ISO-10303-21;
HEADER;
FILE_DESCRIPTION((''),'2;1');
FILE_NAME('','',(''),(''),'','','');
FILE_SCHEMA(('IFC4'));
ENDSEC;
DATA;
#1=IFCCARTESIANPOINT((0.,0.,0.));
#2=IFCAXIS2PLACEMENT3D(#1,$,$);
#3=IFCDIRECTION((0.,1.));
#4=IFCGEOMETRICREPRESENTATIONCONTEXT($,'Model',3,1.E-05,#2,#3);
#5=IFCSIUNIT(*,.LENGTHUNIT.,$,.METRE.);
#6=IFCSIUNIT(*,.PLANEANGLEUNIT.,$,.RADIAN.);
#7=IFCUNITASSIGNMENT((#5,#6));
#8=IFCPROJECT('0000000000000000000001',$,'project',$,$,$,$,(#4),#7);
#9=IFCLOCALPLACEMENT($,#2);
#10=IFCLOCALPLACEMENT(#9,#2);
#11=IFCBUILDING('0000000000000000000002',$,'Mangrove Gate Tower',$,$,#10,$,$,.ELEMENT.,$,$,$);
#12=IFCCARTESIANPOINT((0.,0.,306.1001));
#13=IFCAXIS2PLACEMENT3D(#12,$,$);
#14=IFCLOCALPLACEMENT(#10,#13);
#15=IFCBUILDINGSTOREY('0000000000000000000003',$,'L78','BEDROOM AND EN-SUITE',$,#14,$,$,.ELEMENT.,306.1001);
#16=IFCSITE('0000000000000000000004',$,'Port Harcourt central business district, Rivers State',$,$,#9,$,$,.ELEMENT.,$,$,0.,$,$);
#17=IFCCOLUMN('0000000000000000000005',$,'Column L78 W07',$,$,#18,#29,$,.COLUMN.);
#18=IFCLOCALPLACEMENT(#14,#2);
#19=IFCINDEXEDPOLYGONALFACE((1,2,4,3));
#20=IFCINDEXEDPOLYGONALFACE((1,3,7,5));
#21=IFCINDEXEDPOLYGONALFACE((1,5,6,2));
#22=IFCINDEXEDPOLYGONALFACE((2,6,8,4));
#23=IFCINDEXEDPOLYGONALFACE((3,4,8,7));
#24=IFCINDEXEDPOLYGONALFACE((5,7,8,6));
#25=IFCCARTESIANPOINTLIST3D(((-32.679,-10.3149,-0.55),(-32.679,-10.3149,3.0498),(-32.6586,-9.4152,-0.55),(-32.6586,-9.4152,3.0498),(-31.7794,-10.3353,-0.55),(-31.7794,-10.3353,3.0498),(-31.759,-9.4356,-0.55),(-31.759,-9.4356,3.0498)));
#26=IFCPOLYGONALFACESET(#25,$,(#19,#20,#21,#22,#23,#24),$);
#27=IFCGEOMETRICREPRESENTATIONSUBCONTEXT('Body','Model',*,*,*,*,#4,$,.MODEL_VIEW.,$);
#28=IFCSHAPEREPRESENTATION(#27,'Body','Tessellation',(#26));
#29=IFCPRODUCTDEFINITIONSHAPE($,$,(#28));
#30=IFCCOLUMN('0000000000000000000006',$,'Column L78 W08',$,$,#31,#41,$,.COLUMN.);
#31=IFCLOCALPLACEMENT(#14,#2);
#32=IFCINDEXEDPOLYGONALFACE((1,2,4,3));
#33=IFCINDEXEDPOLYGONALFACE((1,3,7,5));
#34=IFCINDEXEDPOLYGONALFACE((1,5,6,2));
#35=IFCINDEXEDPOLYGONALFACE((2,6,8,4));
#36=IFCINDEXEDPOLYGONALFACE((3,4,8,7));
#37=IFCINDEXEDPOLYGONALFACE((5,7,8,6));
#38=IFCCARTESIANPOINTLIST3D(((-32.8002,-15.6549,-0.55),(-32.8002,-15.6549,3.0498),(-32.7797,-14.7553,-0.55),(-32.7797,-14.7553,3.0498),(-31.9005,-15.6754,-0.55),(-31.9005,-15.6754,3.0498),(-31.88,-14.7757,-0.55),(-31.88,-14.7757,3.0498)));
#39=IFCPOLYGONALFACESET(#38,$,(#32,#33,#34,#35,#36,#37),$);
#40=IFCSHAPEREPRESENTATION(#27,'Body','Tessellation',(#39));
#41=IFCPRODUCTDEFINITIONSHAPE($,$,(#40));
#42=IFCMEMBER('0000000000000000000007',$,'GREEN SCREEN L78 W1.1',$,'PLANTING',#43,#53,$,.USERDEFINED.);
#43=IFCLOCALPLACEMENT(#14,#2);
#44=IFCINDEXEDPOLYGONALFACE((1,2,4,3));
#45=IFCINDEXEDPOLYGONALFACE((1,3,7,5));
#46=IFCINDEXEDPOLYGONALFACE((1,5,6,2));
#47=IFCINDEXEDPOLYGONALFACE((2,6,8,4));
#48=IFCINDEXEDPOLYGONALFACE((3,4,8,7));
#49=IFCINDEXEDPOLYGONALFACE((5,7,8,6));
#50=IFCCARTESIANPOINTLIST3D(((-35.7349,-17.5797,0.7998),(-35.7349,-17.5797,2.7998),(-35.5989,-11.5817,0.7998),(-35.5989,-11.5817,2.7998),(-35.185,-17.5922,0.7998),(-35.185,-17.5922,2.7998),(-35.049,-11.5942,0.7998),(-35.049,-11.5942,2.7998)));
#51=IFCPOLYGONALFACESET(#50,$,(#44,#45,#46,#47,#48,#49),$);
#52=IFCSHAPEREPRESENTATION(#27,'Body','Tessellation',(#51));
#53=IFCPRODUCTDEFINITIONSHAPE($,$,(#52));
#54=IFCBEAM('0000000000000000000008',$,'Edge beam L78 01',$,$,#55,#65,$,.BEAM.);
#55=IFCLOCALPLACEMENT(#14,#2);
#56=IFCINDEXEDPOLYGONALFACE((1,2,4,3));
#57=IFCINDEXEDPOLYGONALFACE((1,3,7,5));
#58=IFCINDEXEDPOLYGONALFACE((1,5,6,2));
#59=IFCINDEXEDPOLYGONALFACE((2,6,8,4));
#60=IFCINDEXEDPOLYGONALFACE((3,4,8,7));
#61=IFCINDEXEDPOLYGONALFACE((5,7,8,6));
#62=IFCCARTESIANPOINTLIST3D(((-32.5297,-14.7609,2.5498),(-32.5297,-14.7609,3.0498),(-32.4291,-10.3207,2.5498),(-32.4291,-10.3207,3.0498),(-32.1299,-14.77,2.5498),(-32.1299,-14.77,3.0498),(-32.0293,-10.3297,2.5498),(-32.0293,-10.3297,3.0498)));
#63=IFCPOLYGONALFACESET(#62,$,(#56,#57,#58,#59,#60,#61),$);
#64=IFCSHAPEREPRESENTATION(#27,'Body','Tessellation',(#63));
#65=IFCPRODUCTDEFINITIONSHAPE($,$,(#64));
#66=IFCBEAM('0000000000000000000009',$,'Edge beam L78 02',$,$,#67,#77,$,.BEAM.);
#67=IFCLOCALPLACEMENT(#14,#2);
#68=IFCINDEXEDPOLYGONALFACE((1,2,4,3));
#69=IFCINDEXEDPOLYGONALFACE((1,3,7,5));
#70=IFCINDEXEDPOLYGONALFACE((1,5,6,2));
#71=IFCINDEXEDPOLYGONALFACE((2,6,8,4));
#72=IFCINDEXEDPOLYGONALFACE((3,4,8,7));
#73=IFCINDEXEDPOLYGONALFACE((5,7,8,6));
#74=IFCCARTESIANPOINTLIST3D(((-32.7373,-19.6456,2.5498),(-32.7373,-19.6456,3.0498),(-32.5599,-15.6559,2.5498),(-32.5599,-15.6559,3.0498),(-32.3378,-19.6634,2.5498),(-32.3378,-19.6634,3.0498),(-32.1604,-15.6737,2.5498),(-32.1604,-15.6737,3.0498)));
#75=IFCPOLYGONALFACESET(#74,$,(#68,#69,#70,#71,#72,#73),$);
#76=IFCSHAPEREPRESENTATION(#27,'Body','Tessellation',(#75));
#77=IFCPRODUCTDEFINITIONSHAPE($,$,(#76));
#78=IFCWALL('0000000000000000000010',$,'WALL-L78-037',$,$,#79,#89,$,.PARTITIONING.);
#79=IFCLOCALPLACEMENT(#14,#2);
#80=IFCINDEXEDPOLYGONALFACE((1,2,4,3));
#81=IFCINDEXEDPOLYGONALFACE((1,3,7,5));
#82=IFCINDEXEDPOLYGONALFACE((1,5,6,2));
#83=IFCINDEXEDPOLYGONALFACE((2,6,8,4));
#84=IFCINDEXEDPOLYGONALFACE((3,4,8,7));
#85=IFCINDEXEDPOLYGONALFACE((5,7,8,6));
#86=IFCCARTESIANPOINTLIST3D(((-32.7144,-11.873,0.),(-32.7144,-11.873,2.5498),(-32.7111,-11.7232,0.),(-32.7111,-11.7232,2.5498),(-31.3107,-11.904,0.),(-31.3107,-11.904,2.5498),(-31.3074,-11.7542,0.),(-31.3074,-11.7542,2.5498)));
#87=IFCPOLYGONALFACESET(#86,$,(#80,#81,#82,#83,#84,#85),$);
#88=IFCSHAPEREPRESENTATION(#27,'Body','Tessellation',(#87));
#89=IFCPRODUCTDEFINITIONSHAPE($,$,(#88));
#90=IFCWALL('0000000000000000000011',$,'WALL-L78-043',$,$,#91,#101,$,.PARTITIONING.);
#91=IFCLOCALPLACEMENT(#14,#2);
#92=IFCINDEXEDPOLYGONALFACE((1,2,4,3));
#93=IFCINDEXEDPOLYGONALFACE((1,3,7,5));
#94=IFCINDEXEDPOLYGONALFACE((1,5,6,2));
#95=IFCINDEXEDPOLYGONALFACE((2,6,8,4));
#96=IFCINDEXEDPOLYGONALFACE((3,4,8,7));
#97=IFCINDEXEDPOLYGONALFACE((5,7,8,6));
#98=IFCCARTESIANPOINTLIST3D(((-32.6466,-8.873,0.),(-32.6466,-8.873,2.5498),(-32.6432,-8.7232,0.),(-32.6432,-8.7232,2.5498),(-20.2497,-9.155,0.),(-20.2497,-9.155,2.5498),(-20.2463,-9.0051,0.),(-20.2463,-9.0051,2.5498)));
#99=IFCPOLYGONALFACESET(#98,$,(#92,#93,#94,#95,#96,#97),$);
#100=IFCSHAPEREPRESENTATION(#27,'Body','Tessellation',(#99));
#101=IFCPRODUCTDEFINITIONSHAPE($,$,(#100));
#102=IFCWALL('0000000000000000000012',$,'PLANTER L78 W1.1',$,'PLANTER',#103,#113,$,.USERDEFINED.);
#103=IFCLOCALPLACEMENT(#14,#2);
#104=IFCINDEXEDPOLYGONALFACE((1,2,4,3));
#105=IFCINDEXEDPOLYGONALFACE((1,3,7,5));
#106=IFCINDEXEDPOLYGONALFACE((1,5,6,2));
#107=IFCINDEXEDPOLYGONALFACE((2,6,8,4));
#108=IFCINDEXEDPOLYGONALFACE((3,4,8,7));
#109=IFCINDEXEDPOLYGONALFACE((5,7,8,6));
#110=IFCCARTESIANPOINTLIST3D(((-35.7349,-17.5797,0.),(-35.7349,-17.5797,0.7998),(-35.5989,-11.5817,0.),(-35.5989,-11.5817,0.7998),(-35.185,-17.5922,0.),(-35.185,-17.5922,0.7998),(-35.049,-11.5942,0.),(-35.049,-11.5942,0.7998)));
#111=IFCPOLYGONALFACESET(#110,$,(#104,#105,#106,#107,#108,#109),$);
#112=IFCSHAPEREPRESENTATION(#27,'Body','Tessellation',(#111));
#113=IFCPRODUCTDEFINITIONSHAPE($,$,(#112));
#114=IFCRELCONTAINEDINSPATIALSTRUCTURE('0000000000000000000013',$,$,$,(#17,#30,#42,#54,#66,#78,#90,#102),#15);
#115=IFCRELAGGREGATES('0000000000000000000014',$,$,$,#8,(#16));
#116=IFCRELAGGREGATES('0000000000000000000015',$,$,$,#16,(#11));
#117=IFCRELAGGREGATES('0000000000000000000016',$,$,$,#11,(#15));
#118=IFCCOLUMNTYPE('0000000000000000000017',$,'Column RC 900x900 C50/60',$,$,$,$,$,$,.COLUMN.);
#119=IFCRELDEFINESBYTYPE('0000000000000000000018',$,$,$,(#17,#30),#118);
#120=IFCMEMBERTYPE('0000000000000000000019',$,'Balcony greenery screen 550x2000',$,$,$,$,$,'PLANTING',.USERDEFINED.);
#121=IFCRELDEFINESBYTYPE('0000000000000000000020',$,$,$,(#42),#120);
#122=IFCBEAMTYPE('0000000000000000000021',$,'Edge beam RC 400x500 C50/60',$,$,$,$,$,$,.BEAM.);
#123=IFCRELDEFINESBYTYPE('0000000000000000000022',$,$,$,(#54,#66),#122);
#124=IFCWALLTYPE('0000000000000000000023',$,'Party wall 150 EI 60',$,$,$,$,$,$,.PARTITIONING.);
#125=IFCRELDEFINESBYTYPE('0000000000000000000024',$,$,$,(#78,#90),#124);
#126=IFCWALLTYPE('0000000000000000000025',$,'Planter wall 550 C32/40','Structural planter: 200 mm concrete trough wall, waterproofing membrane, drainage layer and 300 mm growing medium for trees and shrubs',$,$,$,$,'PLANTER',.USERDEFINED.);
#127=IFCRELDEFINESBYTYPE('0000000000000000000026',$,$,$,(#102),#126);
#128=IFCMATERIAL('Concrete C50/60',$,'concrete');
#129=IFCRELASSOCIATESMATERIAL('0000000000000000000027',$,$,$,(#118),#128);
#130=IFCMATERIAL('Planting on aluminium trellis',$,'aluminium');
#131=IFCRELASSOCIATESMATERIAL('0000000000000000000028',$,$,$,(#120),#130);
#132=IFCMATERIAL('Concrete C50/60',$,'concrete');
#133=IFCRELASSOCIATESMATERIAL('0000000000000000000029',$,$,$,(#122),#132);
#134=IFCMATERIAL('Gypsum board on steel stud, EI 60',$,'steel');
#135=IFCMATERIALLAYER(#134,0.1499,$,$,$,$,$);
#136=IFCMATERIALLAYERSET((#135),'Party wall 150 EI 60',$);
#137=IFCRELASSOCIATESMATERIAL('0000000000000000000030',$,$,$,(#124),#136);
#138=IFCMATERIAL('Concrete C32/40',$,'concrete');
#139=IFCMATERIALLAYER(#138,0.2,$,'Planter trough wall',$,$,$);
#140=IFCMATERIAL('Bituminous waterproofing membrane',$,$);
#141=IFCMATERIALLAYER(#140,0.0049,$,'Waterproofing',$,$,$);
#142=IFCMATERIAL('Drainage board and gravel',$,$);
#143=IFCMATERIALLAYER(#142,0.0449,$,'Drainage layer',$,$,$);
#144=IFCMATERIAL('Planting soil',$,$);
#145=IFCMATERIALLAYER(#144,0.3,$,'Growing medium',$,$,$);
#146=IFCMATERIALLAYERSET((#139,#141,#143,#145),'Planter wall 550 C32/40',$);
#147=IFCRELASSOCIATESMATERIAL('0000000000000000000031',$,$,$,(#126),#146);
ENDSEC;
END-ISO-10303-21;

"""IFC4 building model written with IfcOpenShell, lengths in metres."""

from ifc_helpers import new_model, si_unit, direction, frame, frame_2d, origin, origin_2d, place, context, subcontext, project, spatial, rectangle, extrude, material, layer, layer_set, material_profile, profile_set, type_object, element, save


model = new_model("IFC4")

# Units and contexts
model_context = context("Model", 3, precision=1e-05, world=origin(), true_north=direction((0.0, 1.0)))
body_context = subcontext(model_context, "Body", "Model", "MODEL_VIEW")
ifc_project = project(units=[si_unit("LENGTHUNIT", "METRE"), si_unit("PLANEANGLEUNIT", "RADIAN")], contexts=[model_context])

# Site, building, storey
site_placement = place(None, origin())
site = spatial("IfcSite", under=ifc_project, at=site_placement, Name="Port Harcourt central business district, Rivers State", CompositionType="ELEMENT", RefElevation=0.0)
building_placement = place(site_placement, origin())
building = spatial("IfcBuilding", under=site, at=building_placement, Name="Mangrove Gate Tower", CompositionType="ELEMENT")
storey_placement = place(building_placement, frame((0.0, 0.0, 306.1001)))
storey = spatial("IfcBuildingStorey", under=building, at=storey_placement, Name="L78", Description="BEDROOM AND EN-SUITE", CompositionType="ELEMENT", Elevation=306.1001)

# Columns
ifc_material_1 = material(Name="Concrete C50/60", Category="concrete")
ifc_material_profile_1 = material_profile(ifc_material_1, rectangle(XDim=0.8999, YDim=0.8999, at=origin_2d()))
ifc_profile_set_1 = profile_set([ifc_material_profile_1], Name="Concrete C50/60")
column_type = type_object("IfcColumnType", Name="Column RC 900x900 C50/60", PredefinedType="COLUMN", material=ifc_profile_set_1)
for number, where, z_axis, x_axis, name in (
    (1, (-32.219, -9.8752, -0.55), (0.0, 0.0, 1.0), (-0.022653, -0.999743, 0.0), "Column L78 W07"),
    (2, (-32.3401, -15.2153, -0.55), (0.0, 0.0, 1.0), (-0.022747, -0.999741, 0.0), "Column L78 W08"),
):
    element("IfcColumn", number, at=place(storey_placement, frame(where, z_axis=z_axis, x_axis=x_axis)), inside=storey, type_object=column_type, Name=name, PredefinedType="COLUMN", context=body_context, shape_type="SweptSolid", body=[
        extrude(rectangle(XDim=0.8999, YDim=0.8999, at=origin_2d()), origin(), (0.0, 0.0, 1.0), 3.5999),
    ])

# Member
ifc_material_2 = material(Name="Planting on aluminium trellis", Category="aluminium")
ifc_material_profile_2 = material_profile(ifc_material_2, rectangle(XDim=0.55, YDim=2.0, at=origin_2d()))
ifc_profile_set_2 = profile_set([ifc_material_profile_2], Name="Planting on aluminium trellis")
member_type = type_object("IfcMemberType", Name="Balcony greenery screen 550x2000", ElementType="PLANTING", PredefinedType="USERDEFINED", material=ifc_profile_set_2)
member_placement = place(storey_placement, frame((-35.46, -17.5859, 1.7998), z_axis=(0.022666, 0.999743, 0.0), x_axis=(-0.999743, 0.022666, 0.0)))
element("IfcMember", 3, at=member_placement, inside=storey, type_object=member_type, Name="GREEN SCREEN L78 W1.1", ObjectType="PLANTING", PredefinedType="USERDEFINED", context=body_context, shape_type="SweptSolid", body=[
    extrude(rectangle(XDim=0.55, YDim=2.0, at=origin_2d()), origin(), (0.0, 0.0, 1.0), 5.9995),
])

# Beams
ifc_material_3 = material(Name="Concrete C50/60", Category="concrete")
ifc_material_profile_3 = material_profile(ifc_material_3, rectangle(XDim=0.3999, YDim=0.5, at=origin_2d()))
ifc_profile_set_3 = profile_set([ifc_material_profile_3], Name="Concrete C50/60")
beam_type = type_object("IfcBeamType", Name="Edge beam RC 400x500 C50/60", PredefinedType="BEAM", material=ifc_profile_set_3)
beam_1_placement = place(storey_placement, frame((-32.2292, -10.3252, 2.7998), z_axis=(-0.022648, -0.999744, 0.0), x_axis=(0.999744, -0.022648, 0.0)))
element("IfcBeam", 4, at=beam_1_placement, inside=storey, type_object=beam_type, Name="Edge beam L78 01", PredefinedType="BEAM", context=body_context, shape_type="SweptSolid", body=[
    extrude(rectangle(XDim=0.3999, YDim=0.5, at=origin_2d()), origin(), (0.0, 0.0, 1.0), 4.4414),
])
beam_2_placement = place(storey_placement, frame((-32.3601, -15.6648, 2.7998), z_axis=(-0.044443, -0.999012, 0.0), x_axis=(0.999012, -0.044443, 0.0)))
element("IfcBeam", 5, at=beam_2_placement, inside=storey, type_object=beam_type, Name="Edge beam L78 02", PredefinedType="BEAM", context=body_context, shape_type="SweptSolid", body=[
    extrude(rectangle(XDim=0.3999, YDim=0.5, at=origin_2d()), origin(), (0.0, 0.0, 1.0), 3.9937),
])

# Walls
ifc_material_4 = material(Name="Gypsum board on steel stud, EI 60", Category="steel")
ifc_layer_1 = layer(ifc_material_4, 0.1499)
ifc_layer_set_1 = layer_set([ifc_layer_1], Name="Party wall 150 EI 60")
wall_type_1 = type_object("IfcWallType", Name="Party wall 150 EI 60", PredefinedType="PARTITIONING", material=ifc_layer_set_1)
wall_1_placement = place(storey_placement, frame((-32.7129, -11.7981, 0.0), z_axis=(0.0, 0.0, 1.0), x_axis=(0.999756, -0.022082, 0.0)))
element("IfcWall", 6, at=wall_1_placement, inside=storey, type_object=wall_type_1, Name="WALL-L78-037", PredefinedType="PARTITIONING", context=body_context, shape_type="SweptSolid", body=[
    extrude(rectangle(XDim=1.4041, YDim=0.1499, at=frame_2d((0.7021, 0.0))), origin(), (0.0, 0.0, 1.0), 2.5498),
])
wall_2_placement = place(storey_placement, frame((-32.645, -8.7981, 0.0), z_axis=(0.0, 0.0, 1.0), x_axis=(0.999741, -0.02274, 0.0)))
element("IfcWall", 7, at=wall_2_placement, inside=storey, type_object=wall_type_1, Name="WALL-L78-043", PredefinedType="PARTITIONING", context=body_context, shape_type="SweptSolid", body=[
    extrude(rectangle(XDim=12.4001, YDim=0.1499, at=frame_2d((6.2002, 0.0))), origin(), (0.0, 0.0, 1.0), 2.5498),
])
ifc_material_5 = material(Name="Concrete C32/40", Category="concrete")
ifc_layer_2 = layer(ifc_material_5, 0.2, Name="Planter trough wall")
ifc_material_6 = material(Name="Bituminous waterproofing membrane")
ifc_layer_3 = layer(ifc_material_6, 0.0049, Name="Waterproofing")
ifc_material_7 = material(Name="Drainage board and gravel")
ifc_layer_4 = layer(ifc_material_7, 0.0449, Name="Drainage layer")
ifc_material_8 = material(Name="Planting soil")
ifc_layer_5 = layer(ifc_material_8, 0.3, Name="Growing medium")
ifc_layer_set_2 = layer_set([ifc_layer_2, ifc_layer_3, ifc_layer_4, ifc_layer_5], Name="Planter wall 550 C32/40")
wall_type_2 = type_object("IfcWallType", Name="Planter wall 550 C32/40", Description="Structural planter: 200 mm concrete trough wall, waterproofing membrane, drainage layer and 300 mm growing medium for trees and shrubs", ElementType="PLANTER", PredefinedType="USERDEFINED", material=ifc_layer_set_2)
wall_3_placement = place(storey_placement, frame((-35.46, -17.5859, 0.0), z_axis=(0.0, 0.0, 1.0), x_axis=(0.022666, 0.999743, 0.0)))
element("IfcWall", 8, at=wall_3_placement, inside=storey, type_object=wall_type_2, Name="PLANTER L78 W1.1", ObjectType="PLANTER", PredefinedType="USERDEFINED", context=body_context, shape_type="SweptSolid", body=[
    extrude(rectangle(XDim=5.9995, YDim=0.55, at=frame_2d((2.9998, 0.0))), origin(), (0.0, 0.0, 1.0), 0.7998),
])

save(model, "model.ifc")
